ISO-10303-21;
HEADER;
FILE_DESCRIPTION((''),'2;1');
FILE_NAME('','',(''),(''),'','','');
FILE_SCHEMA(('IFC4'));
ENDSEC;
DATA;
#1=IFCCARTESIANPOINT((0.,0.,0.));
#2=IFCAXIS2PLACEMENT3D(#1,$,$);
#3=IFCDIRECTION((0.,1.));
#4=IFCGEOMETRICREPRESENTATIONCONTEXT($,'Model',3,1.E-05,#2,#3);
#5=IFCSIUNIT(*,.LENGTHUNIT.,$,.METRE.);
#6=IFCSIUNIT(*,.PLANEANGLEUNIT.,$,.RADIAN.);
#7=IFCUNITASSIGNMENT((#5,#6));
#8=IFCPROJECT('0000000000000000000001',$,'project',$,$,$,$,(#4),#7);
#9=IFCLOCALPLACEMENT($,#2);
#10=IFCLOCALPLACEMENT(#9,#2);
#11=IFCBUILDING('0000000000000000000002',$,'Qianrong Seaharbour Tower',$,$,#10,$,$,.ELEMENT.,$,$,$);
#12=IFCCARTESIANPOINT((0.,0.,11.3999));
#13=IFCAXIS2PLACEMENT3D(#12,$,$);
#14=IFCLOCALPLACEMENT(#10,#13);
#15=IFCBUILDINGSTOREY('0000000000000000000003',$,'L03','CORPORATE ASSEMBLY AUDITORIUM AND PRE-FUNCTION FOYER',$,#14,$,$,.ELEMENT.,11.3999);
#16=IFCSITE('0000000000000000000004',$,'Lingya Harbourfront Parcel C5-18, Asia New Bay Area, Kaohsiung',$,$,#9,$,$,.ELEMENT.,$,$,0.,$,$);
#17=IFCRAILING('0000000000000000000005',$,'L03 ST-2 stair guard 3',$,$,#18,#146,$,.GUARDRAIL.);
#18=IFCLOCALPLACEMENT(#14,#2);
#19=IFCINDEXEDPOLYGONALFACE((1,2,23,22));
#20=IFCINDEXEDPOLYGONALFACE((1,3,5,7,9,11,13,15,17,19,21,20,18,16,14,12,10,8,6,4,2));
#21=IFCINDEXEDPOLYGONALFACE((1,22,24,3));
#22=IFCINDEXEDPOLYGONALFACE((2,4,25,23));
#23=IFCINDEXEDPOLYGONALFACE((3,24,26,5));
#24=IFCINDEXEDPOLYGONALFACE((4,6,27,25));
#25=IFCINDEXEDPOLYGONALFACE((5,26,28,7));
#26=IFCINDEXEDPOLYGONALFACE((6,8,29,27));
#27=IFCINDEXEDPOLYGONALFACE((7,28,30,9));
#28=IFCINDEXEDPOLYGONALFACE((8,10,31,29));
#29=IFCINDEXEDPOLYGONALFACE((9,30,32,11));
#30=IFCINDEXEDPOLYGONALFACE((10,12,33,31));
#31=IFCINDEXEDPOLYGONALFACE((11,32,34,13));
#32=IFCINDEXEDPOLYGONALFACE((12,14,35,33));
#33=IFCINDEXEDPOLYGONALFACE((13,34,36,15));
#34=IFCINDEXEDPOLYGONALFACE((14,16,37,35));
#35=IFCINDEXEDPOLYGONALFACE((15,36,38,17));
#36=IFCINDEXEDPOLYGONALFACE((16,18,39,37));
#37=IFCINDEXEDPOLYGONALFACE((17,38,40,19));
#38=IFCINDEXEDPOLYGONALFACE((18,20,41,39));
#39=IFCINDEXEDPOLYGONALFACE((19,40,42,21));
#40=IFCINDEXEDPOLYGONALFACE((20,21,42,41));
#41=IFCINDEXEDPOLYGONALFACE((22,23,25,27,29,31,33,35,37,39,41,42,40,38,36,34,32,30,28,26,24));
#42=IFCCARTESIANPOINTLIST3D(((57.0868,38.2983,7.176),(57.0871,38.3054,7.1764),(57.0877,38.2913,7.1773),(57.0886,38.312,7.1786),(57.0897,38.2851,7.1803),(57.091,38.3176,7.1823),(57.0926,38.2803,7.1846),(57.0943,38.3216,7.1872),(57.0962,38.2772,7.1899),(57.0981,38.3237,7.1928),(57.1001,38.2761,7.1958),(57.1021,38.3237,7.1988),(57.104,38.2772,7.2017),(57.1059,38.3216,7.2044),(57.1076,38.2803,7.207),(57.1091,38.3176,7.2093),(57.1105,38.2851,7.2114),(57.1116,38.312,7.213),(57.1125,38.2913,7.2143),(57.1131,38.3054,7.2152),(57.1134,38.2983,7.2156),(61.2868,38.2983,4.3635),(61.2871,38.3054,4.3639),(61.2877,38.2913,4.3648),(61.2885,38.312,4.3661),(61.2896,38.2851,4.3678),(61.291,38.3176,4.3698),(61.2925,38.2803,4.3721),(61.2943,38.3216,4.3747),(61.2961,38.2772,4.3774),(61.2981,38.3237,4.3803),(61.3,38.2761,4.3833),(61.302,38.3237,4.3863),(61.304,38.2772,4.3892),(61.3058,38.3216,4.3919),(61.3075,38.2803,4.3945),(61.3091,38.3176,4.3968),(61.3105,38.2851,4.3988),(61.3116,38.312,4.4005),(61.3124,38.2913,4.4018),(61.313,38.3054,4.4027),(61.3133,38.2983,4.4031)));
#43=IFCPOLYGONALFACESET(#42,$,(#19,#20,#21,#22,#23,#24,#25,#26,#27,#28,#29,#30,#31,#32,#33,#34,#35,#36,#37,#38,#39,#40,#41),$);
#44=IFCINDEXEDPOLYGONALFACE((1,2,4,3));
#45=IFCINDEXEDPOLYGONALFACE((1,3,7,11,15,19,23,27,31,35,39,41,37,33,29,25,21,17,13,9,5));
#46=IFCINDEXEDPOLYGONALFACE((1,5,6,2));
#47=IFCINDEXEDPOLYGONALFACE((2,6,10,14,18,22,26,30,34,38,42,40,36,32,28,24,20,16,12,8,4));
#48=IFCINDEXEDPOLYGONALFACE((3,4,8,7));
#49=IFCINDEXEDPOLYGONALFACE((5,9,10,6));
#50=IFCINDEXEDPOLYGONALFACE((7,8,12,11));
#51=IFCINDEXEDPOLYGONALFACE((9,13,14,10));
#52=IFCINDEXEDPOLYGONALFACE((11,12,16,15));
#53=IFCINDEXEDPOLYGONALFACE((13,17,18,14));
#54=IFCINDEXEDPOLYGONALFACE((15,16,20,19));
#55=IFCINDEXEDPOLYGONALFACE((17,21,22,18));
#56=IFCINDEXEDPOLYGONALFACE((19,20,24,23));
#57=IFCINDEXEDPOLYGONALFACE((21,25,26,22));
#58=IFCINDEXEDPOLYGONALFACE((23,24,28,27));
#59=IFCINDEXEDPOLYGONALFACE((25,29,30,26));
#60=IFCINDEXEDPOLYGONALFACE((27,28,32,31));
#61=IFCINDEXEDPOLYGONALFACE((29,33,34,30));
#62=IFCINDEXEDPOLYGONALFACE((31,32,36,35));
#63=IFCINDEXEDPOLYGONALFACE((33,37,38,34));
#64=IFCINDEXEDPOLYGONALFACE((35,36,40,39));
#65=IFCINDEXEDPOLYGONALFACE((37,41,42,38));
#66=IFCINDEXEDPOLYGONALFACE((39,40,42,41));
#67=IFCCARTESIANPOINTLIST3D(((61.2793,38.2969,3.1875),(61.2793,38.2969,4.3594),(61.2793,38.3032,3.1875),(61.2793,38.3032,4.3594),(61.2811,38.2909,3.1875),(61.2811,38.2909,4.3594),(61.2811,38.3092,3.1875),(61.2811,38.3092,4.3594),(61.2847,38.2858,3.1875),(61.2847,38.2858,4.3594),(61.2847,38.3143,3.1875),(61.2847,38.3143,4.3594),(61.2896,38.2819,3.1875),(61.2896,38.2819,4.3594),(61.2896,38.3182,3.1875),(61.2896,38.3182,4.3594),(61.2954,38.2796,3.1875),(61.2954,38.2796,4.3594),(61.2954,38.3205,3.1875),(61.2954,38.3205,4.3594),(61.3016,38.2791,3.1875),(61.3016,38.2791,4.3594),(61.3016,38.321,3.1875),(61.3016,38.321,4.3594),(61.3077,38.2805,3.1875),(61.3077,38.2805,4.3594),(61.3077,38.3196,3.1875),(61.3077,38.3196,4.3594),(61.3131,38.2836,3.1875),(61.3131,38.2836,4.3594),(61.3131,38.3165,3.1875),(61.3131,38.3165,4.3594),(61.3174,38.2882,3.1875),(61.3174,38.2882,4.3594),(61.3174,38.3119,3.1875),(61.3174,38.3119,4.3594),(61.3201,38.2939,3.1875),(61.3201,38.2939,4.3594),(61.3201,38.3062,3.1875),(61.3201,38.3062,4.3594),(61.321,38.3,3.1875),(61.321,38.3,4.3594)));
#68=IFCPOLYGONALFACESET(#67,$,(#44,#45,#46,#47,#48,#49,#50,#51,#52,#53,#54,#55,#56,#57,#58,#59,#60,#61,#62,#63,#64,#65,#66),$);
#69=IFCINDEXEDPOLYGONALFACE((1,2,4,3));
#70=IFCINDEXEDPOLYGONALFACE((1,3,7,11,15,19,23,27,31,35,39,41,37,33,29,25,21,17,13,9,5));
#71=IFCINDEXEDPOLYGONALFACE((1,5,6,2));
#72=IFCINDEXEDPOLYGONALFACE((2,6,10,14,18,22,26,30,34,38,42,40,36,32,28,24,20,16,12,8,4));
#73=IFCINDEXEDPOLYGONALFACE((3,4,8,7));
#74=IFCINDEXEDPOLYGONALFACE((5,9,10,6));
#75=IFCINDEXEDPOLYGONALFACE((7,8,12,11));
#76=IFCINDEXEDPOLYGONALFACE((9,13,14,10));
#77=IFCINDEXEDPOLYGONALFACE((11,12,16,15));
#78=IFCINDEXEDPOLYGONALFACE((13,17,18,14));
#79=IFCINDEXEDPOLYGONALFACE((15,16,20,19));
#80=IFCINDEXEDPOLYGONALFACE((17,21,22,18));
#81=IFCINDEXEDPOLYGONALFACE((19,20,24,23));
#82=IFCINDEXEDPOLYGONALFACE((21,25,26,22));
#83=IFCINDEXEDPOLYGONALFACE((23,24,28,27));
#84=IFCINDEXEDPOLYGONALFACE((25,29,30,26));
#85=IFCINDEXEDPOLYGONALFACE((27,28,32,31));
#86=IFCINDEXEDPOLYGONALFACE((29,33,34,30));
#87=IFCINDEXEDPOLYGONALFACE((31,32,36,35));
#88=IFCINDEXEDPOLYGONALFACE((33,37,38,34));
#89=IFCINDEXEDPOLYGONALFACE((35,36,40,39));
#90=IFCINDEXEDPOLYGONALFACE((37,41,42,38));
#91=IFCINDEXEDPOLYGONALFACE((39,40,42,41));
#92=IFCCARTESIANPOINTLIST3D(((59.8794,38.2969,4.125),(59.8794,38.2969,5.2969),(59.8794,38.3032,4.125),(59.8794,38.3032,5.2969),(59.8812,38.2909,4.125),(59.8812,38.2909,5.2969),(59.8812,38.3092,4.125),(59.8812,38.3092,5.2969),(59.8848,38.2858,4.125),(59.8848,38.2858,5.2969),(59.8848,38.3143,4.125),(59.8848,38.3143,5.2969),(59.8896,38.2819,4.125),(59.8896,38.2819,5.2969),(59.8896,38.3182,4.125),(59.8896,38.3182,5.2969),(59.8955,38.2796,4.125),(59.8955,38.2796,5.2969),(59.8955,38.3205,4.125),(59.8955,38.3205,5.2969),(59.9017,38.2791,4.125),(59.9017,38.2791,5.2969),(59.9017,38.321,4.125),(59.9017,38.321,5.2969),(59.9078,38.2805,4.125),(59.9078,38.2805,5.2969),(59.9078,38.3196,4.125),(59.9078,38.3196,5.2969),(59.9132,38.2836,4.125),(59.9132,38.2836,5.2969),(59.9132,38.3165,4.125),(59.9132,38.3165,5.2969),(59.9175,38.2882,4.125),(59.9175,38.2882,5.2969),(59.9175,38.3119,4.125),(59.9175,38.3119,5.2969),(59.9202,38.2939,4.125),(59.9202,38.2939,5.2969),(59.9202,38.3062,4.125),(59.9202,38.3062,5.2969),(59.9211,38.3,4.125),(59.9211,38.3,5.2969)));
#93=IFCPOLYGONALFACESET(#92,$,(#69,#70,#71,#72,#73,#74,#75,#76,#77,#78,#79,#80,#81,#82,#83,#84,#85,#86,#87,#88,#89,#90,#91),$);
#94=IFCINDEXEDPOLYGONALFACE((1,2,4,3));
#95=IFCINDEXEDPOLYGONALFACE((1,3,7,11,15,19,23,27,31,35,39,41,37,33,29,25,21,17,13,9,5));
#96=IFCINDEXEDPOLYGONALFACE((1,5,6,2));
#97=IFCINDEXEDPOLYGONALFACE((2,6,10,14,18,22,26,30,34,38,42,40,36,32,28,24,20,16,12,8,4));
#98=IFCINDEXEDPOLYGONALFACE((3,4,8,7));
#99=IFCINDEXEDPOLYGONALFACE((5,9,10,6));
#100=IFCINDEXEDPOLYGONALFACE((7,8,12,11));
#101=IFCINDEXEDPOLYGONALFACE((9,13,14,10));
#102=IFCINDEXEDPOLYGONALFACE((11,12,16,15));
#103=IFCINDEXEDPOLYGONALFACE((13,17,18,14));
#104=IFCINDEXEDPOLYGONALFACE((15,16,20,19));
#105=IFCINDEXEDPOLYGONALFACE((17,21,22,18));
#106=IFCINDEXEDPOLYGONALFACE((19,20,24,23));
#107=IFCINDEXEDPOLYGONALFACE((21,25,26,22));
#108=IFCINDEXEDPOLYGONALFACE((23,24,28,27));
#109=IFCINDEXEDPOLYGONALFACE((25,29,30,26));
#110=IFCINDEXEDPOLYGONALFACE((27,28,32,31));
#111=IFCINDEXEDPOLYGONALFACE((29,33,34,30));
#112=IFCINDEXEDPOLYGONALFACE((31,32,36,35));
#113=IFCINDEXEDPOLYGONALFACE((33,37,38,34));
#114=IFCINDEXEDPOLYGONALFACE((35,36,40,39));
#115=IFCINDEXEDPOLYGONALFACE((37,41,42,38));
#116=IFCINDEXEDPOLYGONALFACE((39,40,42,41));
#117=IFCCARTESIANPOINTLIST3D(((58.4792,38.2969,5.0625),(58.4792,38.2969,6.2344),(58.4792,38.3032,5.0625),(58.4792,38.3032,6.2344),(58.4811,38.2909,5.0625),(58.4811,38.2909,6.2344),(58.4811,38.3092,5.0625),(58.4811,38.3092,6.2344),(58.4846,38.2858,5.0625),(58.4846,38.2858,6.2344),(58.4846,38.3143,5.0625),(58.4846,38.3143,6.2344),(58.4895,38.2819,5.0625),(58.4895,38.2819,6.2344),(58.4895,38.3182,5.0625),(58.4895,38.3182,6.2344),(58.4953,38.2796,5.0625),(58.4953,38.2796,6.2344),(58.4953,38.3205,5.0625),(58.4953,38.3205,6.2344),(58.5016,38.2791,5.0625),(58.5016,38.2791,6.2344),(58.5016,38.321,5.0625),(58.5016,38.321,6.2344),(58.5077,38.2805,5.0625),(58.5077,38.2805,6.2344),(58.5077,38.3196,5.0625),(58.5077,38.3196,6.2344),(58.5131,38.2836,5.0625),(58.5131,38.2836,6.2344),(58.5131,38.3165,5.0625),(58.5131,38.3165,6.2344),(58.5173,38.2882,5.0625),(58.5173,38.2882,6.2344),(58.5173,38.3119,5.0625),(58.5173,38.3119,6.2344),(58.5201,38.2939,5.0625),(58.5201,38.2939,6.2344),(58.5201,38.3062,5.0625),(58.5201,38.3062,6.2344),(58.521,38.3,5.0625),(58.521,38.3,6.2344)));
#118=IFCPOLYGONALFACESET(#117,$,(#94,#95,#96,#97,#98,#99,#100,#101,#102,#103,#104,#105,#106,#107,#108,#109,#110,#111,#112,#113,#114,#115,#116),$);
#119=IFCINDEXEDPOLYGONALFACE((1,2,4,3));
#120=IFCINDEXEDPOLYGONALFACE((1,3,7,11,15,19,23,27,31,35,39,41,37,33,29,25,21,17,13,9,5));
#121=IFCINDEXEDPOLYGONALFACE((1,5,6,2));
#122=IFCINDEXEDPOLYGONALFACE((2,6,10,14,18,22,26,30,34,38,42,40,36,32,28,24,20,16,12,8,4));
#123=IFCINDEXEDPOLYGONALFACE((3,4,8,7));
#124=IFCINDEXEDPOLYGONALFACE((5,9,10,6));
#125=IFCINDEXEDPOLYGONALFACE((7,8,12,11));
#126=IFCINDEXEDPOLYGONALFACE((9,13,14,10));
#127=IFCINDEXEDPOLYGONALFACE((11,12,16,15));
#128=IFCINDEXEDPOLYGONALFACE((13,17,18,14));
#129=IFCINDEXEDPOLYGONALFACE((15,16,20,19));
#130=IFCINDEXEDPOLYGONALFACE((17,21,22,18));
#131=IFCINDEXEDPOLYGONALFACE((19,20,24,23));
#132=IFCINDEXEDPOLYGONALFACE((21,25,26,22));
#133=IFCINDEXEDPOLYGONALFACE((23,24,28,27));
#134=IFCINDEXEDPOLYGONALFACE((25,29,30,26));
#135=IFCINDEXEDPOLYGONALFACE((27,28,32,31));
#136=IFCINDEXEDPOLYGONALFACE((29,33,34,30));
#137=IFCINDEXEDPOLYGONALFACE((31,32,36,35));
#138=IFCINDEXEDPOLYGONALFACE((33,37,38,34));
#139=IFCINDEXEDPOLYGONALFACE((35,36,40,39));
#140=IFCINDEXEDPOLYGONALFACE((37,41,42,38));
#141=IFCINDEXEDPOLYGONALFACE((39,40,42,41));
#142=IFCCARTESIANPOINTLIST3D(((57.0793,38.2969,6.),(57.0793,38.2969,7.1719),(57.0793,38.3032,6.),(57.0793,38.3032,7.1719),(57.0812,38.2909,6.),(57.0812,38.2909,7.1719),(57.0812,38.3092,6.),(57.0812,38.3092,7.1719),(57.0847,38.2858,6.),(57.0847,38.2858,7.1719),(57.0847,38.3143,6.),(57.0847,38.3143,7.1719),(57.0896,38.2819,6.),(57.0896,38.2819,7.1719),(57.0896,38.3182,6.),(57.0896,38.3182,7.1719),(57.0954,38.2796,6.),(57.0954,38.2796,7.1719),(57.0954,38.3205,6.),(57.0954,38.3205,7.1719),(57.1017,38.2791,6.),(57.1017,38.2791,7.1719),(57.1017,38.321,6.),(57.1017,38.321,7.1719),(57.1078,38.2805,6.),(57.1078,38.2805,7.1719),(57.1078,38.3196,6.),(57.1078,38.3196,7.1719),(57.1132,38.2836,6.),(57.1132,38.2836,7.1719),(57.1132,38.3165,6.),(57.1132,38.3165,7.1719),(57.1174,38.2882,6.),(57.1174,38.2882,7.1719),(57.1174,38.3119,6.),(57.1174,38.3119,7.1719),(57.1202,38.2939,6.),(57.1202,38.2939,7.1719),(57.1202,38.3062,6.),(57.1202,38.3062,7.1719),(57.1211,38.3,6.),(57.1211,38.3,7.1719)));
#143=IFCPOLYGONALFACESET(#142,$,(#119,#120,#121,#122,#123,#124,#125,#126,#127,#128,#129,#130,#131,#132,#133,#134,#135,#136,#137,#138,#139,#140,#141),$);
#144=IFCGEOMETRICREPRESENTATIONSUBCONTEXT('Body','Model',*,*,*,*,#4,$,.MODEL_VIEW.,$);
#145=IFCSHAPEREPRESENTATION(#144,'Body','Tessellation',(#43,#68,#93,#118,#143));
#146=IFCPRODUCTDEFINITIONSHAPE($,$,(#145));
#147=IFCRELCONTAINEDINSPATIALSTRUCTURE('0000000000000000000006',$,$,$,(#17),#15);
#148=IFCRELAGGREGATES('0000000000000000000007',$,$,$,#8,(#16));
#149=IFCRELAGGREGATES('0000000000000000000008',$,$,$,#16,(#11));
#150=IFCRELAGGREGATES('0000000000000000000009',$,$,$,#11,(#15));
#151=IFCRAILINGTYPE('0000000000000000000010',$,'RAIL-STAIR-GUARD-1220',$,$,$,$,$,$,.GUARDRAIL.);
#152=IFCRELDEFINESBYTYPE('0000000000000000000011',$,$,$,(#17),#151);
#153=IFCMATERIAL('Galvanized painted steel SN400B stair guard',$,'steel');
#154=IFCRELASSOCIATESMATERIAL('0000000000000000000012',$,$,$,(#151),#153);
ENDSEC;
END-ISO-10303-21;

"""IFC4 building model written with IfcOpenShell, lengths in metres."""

from ifc_helpers import new_model, si_unit, direction, frame, origin, origin_2d, place, context, subcontext, project, spatial, circle, extrude, material, type_object, element, save


model = new_model("IFC4")

# Units and contexts
model_context = context("Model", 3, precision=1e-05, world=origin(), true_north=direction((0.0, 1.0)))
body_context = subcontext(model_context, "Body", "Model", "MODEL_VIEW")
ifc_project = project(units=[si_unit("LENGTHUNIT", "METRE"), si_unit("PLANEANGLEUNIT", "RADIAN")], contexts=[model_context])

# Site, building, storey
site_placement = place(None, origin())
site = spatial("IfcSite", under=ifc_project, at=site_placement, Name="Lingya Harbourfront Parcel C5-18, Asia New Bay Area, Kaohsiung", CompositionType="ELEMENT", RefElevation=0.0)
building_placement = place(site_placement, origin())
building = spatial("IfcBuilding", under=site, at=building_placement, Name="Qianrong Seaharbour Tower", CompositionType="ELEMENT")
storey_placement = place(building_placement, frame((0.0, 0.0, 11.3999)))
storey = spatial("IfcBuildingStorey", under=building, at=storey_placement, Name="L03", Description="CORPORATE ASSEMBLY AUDITORIUM AND PRE-FUNCTION FOYER", CompositionType="ELEMENT", Elevation=11.3999)

# Railing
ifc_material_1 = material(Name="Galvanized painted steel SN400B stair guard", Category="steel")
railing_type_1 = type_object("IfcRailingType", Name="RAIL-STAIR-GUARD-1220", PredefinedType="GUARDRAIL", material=ifc_material_1)
railing_1_placement = place(storey_placement, frame((61.3, 38.3, 3.1875)))
element("IfcRailing", 1, at=railing_1_placement, inside=storey, type_object=railing_type_1, Name="L03 ST-2 stair guard 3", PredefinedType="GUARDRAIL", context=body_context, shape_type="SweptSolid", body=[
    extrude(circle(Radius=0.0239, at=origin_2d()), frame((0.0, 0.0, 1.1958), z_axis=(-0.830904, 0.0, 0.556416), x_axis=(0.0, -1.0, 0.0)), (0.0, 0.0, 1.0), 5.0547),
    extrude(circle(Radius=0.021, at=origin_2d()), origin(), (0.0, 0.0, 1.0), 1.1719),
    extrude(circle(Radius=0.021, at=origin_2d()), frame((-1.3999, 0.0, 0.9375)), (0.0, 0.0, 1.0), 1.1719),
    extrude(circle(Radius=0.021, at=origin_2d()), frame((-2.8, 0.0, 1.875)), (0.0, 0.0, 1.0), 1.1719),
    extrude(circle(Radius=0.021, at=origin_2d()), frame((-4.2, 0.0, 2.8125)), (0.0, 0.0, 1.0), 1.1719),
])

save(model, "model.ifc")
